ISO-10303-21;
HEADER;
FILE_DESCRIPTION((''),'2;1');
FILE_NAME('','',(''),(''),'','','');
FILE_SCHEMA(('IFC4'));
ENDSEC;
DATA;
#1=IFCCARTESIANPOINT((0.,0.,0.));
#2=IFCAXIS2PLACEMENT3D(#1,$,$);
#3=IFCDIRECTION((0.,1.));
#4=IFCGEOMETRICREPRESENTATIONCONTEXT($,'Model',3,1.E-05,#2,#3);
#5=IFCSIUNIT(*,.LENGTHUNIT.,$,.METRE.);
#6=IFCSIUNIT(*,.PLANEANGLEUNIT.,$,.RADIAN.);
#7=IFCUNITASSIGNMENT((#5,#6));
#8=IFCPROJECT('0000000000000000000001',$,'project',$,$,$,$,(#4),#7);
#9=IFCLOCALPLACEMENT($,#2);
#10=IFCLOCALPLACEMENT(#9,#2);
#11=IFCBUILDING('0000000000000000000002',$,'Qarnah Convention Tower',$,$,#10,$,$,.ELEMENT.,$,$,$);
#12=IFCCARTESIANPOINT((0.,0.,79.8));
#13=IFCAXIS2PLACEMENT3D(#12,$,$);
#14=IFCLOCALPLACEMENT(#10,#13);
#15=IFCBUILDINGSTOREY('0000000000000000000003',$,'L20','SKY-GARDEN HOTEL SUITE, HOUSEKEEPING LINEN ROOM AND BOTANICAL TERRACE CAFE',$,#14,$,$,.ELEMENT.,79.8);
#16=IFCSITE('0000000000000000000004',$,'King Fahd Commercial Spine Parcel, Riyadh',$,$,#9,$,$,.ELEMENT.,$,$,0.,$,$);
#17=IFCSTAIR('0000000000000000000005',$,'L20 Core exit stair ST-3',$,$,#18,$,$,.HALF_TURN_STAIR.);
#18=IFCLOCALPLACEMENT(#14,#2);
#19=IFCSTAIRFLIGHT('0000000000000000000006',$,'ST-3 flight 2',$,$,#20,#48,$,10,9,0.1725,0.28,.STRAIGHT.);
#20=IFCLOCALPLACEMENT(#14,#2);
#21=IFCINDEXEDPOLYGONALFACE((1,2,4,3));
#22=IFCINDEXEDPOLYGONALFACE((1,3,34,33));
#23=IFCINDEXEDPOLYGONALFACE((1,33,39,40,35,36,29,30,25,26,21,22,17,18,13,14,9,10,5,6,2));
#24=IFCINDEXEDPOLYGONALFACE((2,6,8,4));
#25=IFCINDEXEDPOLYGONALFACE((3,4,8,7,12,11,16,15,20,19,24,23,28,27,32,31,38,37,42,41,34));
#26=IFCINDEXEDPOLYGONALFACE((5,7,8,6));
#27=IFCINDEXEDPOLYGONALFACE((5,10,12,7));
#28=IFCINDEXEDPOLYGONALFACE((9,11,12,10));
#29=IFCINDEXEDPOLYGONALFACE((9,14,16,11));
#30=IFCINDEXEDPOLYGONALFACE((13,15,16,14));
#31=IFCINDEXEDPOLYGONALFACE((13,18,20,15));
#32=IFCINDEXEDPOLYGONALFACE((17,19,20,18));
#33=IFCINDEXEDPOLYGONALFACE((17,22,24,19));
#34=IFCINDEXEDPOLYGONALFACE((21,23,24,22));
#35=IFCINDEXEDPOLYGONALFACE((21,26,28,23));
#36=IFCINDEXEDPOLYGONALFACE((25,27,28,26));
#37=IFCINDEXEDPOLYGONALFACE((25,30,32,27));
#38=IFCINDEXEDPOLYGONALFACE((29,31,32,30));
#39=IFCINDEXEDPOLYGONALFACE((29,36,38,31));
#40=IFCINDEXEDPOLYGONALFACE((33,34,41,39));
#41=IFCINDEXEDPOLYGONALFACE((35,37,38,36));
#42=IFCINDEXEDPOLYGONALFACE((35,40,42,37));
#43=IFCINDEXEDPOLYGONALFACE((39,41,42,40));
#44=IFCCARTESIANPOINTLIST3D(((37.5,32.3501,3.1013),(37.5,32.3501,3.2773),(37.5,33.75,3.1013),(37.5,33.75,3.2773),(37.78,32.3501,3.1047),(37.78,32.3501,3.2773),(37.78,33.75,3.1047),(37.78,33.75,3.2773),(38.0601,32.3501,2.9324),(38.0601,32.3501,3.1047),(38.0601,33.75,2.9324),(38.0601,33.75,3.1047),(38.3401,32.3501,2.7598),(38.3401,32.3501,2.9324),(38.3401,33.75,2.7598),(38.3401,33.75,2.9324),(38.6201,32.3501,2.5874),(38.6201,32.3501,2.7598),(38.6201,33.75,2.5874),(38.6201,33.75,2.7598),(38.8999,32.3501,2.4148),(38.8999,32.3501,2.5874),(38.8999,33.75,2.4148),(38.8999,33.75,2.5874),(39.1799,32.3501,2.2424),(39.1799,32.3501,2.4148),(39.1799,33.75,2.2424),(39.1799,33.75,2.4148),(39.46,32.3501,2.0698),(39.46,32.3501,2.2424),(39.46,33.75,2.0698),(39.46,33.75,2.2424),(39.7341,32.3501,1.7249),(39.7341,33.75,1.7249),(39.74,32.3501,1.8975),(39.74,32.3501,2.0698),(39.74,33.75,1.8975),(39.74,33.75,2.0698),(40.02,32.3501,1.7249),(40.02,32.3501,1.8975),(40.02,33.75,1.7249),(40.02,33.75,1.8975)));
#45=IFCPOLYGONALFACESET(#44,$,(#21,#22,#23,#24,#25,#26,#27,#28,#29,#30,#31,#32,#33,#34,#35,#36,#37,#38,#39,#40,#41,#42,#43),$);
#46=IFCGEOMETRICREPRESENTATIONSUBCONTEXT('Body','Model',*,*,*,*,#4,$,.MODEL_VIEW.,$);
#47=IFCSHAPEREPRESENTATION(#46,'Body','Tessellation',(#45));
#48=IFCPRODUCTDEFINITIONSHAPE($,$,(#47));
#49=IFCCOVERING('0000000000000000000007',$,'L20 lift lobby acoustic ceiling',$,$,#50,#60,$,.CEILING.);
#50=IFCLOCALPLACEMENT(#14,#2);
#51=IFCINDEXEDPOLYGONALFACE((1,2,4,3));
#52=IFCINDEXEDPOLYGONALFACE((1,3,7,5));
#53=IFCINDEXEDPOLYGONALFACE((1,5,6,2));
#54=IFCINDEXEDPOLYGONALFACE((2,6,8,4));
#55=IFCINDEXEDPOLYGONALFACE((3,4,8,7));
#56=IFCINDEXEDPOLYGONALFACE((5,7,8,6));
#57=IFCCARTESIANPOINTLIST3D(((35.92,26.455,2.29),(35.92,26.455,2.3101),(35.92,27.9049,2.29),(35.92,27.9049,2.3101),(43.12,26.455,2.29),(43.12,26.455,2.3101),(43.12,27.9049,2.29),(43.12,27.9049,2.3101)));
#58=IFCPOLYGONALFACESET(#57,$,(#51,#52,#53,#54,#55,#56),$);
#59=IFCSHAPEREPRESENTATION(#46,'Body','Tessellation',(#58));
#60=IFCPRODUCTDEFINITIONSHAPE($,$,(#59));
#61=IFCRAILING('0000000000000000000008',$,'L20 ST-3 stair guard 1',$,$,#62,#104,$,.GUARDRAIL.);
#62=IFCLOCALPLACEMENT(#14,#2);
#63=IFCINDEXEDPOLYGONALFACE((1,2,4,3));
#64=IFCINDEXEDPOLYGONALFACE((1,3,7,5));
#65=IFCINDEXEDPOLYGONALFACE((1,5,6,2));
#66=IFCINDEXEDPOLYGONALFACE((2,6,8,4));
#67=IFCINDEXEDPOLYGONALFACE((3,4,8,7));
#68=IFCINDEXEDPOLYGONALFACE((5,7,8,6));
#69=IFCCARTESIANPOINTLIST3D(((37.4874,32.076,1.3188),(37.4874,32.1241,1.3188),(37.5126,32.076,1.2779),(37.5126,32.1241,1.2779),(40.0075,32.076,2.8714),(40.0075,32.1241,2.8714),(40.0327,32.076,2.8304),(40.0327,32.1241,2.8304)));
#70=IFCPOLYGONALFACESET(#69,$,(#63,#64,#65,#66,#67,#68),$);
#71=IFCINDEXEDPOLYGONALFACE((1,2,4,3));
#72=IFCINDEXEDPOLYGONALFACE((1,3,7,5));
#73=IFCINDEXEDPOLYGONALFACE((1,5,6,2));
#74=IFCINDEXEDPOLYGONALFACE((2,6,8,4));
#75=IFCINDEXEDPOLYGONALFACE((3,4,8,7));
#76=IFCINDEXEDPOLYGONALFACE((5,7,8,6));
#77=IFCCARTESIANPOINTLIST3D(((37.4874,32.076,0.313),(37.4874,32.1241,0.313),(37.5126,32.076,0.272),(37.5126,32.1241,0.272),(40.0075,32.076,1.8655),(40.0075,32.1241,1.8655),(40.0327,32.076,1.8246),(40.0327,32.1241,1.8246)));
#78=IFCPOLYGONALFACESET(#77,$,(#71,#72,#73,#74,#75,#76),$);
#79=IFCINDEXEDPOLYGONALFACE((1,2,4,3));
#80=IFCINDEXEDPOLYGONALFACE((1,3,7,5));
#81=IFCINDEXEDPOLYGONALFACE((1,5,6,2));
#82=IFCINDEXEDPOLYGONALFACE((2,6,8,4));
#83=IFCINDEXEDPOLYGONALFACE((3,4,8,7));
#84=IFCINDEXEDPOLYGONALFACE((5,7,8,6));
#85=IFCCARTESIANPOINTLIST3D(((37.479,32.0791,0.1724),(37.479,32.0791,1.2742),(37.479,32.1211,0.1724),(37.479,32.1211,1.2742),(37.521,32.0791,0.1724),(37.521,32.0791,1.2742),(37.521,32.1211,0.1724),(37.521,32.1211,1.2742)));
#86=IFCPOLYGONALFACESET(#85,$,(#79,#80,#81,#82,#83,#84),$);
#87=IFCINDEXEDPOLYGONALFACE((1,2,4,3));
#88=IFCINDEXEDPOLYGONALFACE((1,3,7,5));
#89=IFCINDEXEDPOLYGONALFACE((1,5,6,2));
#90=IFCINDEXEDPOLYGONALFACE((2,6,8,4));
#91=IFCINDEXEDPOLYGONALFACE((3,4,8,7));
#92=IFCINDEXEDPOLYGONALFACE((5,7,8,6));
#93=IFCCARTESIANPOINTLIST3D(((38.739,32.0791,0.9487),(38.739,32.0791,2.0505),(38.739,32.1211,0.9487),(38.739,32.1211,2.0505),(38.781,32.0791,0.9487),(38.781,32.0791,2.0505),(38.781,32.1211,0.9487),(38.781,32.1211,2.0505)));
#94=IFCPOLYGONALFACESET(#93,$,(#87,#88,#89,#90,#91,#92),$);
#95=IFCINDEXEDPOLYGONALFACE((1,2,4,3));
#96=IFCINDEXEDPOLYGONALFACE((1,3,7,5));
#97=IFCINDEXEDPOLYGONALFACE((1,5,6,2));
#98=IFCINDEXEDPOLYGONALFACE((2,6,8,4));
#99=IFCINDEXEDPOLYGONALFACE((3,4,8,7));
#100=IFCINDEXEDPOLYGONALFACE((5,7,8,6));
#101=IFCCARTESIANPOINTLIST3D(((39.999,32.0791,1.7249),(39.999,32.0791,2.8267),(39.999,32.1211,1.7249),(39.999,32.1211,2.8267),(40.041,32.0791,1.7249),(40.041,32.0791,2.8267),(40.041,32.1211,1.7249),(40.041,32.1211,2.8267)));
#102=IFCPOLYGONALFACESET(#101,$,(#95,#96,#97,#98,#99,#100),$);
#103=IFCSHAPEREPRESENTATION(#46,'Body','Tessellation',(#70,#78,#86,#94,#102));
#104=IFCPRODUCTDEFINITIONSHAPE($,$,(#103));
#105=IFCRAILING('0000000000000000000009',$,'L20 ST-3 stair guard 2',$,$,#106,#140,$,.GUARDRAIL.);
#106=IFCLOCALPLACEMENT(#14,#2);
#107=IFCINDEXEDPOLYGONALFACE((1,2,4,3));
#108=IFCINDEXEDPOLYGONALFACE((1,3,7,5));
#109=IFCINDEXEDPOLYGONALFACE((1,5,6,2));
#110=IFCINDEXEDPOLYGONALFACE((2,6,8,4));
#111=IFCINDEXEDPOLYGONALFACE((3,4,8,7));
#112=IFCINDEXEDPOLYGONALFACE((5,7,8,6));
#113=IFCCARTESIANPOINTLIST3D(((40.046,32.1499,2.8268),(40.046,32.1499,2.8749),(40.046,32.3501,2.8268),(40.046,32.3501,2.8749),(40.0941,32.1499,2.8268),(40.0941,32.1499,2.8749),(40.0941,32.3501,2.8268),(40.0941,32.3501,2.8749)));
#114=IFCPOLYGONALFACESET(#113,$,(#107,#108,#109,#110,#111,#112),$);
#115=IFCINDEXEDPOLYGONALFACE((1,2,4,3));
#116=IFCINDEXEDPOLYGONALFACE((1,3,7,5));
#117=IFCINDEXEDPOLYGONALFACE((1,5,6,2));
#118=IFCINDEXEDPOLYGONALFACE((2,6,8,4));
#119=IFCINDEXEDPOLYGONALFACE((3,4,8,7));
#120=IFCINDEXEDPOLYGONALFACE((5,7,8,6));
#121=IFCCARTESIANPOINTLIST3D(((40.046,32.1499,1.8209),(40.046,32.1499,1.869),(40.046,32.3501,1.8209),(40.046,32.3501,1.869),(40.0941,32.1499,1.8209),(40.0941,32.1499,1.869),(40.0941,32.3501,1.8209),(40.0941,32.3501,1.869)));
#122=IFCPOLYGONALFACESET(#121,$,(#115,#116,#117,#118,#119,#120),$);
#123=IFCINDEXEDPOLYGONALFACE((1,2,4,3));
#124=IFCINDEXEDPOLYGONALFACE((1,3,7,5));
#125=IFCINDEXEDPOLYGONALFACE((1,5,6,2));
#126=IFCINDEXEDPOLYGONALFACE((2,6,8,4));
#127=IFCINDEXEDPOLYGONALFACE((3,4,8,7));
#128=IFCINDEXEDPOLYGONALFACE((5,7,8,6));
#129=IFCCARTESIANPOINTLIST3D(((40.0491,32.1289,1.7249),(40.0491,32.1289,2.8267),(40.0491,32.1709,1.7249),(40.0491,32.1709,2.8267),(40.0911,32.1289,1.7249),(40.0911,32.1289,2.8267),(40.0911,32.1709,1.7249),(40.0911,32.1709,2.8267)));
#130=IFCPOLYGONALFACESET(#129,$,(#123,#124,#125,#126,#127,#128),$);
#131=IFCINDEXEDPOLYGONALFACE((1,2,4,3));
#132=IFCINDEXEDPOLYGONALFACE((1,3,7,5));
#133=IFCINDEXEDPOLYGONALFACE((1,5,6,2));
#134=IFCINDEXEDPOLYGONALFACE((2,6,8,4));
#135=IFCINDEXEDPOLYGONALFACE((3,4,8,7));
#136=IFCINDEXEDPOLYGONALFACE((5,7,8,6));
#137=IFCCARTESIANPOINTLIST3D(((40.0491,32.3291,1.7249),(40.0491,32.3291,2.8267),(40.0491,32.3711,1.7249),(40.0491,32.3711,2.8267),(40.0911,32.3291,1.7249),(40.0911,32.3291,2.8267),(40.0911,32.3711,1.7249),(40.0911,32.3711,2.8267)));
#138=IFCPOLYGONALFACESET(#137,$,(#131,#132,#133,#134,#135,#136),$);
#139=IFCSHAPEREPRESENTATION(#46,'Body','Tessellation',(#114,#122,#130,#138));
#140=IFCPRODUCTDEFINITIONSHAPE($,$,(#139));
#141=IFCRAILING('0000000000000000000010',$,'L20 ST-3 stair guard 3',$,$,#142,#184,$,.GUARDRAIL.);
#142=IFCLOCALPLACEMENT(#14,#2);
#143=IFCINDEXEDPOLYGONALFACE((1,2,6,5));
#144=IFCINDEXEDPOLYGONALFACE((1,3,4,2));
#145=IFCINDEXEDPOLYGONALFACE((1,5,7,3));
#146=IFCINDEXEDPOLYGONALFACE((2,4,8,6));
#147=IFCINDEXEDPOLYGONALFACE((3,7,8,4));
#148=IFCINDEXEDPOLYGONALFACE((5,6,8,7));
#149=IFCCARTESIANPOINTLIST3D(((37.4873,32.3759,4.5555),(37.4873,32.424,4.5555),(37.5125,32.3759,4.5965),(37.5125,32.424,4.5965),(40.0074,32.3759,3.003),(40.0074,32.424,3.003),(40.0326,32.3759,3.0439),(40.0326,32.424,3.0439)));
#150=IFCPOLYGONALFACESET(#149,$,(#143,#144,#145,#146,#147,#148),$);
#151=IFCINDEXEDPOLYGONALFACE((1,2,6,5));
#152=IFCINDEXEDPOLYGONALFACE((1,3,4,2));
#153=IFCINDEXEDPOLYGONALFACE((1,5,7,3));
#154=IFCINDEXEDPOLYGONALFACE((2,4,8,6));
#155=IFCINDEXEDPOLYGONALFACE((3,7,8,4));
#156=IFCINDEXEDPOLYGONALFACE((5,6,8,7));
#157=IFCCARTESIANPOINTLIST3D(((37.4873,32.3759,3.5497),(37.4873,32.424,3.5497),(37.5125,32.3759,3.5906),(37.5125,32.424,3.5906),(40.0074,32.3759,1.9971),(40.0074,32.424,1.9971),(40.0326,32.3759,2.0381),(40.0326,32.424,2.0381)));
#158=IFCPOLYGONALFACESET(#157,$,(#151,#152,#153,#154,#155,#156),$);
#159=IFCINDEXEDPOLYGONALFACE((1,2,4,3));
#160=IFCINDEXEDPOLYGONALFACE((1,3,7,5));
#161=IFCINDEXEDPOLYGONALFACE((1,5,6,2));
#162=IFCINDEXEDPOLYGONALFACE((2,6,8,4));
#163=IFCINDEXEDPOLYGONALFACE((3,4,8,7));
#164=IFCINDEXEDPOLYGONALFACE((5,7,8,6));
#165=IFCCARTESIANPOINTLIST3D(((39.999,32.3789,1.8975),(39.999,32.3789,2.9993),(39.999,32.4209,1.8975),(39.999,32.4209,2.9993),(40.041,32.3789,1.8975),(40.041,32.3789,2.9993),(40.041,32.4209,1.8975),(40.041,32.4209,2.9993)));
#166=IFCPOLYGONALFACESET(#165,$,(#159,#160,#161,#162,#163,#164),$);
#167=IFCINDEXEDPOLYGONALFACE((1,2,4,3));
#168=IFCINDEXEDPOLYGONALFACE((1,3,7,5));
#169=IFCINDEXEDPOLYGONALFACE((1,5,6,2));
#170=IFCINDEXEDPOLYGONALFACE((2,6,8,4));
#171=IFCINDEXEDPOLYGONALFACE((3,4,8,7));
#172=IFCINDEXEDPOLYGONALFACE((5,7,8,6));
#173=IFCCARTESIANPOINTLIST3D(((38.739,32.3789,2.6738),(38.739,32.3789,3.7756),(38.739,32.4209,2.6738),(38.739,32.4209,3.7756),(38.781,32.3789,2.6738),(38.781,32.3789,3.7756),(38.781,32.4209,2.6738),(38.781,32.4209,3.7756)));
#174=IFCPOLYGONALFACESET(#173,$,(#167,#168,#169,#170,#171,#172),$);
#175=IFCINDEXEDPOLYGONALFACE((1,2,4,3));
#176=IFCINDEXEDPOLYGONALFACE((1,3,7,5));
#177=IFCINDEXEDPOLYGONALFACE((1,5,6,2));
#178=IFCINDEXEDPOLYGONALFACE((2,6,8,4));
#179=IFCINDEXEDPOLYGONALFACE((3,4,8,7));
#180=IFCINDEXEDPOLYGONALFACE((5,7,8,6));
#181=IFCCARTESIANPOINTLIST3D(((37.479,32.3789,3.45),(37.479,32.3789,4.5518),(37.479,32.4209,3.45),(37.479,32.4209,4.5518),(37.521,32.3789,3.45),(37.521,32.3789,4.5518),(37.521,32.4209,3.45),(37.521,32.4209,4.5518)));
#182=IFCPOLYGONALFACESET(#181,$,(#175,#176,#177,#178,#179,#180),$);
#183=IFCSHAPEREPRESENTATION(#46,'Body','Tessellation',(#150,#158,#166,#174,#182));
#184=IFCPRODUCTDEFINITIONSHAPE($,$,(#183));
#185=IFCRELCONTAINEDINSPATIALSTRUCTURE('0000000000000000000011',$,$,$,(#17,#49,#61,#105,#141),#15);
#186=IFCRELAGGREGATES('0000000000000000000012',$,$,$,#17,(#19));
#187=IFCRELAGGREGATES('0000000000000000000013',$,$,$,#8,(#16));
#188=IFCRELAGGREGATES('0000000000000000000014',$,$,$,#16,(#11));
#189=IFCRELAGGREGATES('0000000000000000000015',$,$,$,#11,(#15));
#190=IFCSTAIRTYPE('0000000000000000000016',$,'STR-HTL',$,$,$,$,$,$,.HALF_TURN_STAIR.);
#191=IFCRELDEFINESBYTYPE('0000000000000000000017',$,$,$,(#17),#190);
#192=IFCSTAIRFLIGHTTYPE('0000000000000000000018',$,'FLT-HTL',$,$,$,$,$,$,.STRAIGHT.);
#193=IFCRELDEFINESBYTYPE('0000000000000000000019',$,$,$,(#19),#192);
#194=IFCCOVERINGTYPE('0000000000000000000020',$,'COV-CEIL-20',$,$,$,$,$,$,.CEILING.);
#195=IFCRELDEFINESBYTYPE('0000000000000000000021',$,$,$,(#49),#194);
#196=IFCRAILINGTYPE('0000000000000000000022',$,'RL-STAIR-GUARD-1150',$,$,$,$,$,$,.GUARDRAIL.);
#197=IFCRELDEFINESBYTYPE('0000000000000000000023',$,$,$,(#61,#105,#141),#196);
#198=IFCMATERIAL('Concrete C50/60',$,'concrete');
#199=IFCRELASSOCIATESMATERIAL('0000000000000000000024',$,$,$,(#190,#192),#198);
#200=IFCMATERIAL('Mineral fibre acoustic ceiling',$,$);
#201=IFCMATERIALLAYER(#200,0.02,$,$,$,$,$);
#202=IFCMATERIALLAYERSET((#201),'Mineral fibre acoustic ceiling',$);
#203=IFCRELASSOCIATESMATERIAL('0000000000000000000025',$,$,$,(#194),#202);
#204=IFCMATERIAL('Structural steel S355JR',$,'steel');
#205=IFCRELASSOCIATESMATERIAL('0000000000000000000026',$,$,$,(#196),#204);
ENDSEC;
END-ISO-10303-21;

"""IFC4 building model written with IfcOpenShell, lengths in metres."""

from ifc_helpers import new_model, si_unit, direction, frame, origin, origin_2d, place, context, subcontext, project, spatial, polyline, rectangle, outline, extrude, material, layer, layer_set, type_object, element, aggregate, save


model = new_model("IFC4")

# Units and contexts
model_context = context("Model", 3, precision=1e-05, world=origin(), true_north=direction((0.0, 1.0)))
body_context = subcontext(model_context, "Body", "Model", "MODEL_VIEW")
ifc_project = project(units=[si_unit("LENGTHUNIT", "METRE"), si_unit("PLANEANGLEUNIT", "RADIAN")], contexts=[model_context])

# Site, building, storey
site_placement = place(None, origin())
site = spatial("IfcSite", under=ifc_project, at=site_placement, Name="King Fahd Commercial Spine Parcel, Riyadh", CompositionType="ELEMENT", RefElevation=0.0)
building_placement = place(site_placement, origin())
building = spatial("IfcBuilding", under=site, at=building_placement, Name="Qarnah Convention Tower", CompositionType="ELEMENT")
storey_placement = place(building_placement, frame((0.0, 0.0, 79.8)))
storey = spatial("IfcBuildingStorey", under=building, at=storey_placement, Name="L20", Description="SKY-GARDEN HOTEL SUITE, HOUSEKEEPING LINEN ROOM AND BOTANICAL TERRACE CAFE", CompositionType="ELEMENT", Elevation=79.8)

# Shared definitions
ifc_material_1 = material(Name="Structural steel S355JR", Category="steel")

# Stair, stair flight
ifc_material_2 = material(Name="Concrete C50/60", Category="concrete")
stair_type = type_object("IfcStairType", Name="STR-HTL", PredefinedType="HALF_TURN_STAIR", material=ifc_material_2)
stair_placement = place(storey_placement, origin())
stair = element("IfcStair", 1, at=stair_placement, inside=storey, type_object=stair_type, Name="L20 Core exit stair ST-3", PredefinedType="HALF_TURN_STAIR")
stair_flight_type = type_object("IfcStairFlightType", Name="FLT-HTL", PredefinedType="STRAIGHT", material=ifc_material_2)
stair_flight_1_placement = place(storey_placement, frame((40.02, 33.05, 1.7249), z_axis=(0.0, 0.0, 1.0), x_axis=(-1.0, 0.0, 0.0)))
stair_flight_1 = element("IfcStairFlight", 2, at=stair_flight_1_placement, type_object=stair_flight_type, Name="ST-3 flight 2", NumberOfRisers=10, NumberOfTreads=9, PredefinedType="STRAIGHT", RiserHeight=0.1725, TreadLength=0.28, context=body_context, shape_type="SweptSolid", body=[
    extrude(outline(polyline([(0.0, 0.0), (0.0, 0.1726), (0.28, 0.1726), (0.28, 0.345), (0.5601, 0.345), (0.5601, 0.5176), (0.8401, 0.5176), (0.8401, 0.6899), (1.1201, 0.6899), (1.1201, 0.8625), (1.3999, 0.8625), (1.3999, 1.0349), (1.6799, 1.0349), (1.6799, 1.2075), (1.96, 1.2075), (1.96, 1.3799), (2.24, 1.3799), (2.24, 1.5525), (2.52, 1.5525), (2.52, 1.7251), (2.52, 1.3765), (0.2859, 0.0), (0.0, 0.0)])), frame((0.0, 0.7, 0.0), z_axis=(0.0, -1.0, 0.0), x_axis=(1.0, 0.0, 0.0)), (0.0, 0.0, 1.0), 1.3999),
])
aggregate(stair, [stair_flight_1])

# Covering
ifc_material_3 = material(Name="Mineral fibre acoustic ceiling")
ifc_layer_1 = layer(ifc_material_3, 0.02)
ifc_layer_set_1 = layer_set([ifc_layer_1], Name="Mineral fibre acoustic ceiling")
covering_type = type_object("IfcCoveringType", Name="COV-CEIL-20", PredefinedType="CEILING", material=ifc_layer_set_1)
covering_placement = place(storey_placement, frame((39.52, 27.1799, 2.29), z_axis=(0.0, 0.0, 1.0), x_axis=(1.0, 0.0, 0.0)))
element("IfcCovering", 3, at=covering_placement, inside=storey, type_object=covering_type, Name="L20 lift lobby acoustic ceiling", PredefinedType="CEILING", context=body_context, shape_type="SweptSolid", body=[
    extrude(rectangle(XDim=7.2, YDim=1.45, at=origin_2d()), origin(), (0.0, 0.0, 1.0), 0.02),
])

# Railings
railing_type_1 = type_object("IfcRailingType", Name="RL-STAIR-GUARD-1150", PredefinedType="GUARDRAIL", material=ifc_material_1)
railing_1_placement = place(storey_placement, frame((37.5, 32.1001, 0.1724)))
element("IfcRailing", 4, at=railing_1_placement, inside=storey, type_object=railing_type_1, Name="L20 ST-3 stair guard 1", PredefinedType="GUARDRAIL", context=body_context, shape_type="SweptSolid", body=[
    extrude(rectangle(XDim=0.0481, YDim=0.0481, at=origin_2d()), frame((0.0, 0.0, 1.126), z_axis=(0.8514, 0.0, 0.524516), x_axis=(0.0, 1.0, 0.0)), (0.0, 0.0, 1.0), 2.96),
    extrude(rectangle(XDim=0.0481, YDim=0.0481, at=origin_2d()), frame((0.0, 0.0, 0.1201), z_axis=(0.8514, 0.0, 0.524516), x_axis=(0.0, 1.0, 0.0)), (0.0, 0.0, 1.0), 2.96),
    extrude(rectangle(XDim=0.042, YDim=0.042, at=origin_2d()), origin(), (0.0, 0.0, 1.0), 1.1018),
    extrude(rectangle(XDim=0.042, YDim=0.042, at=origin_2d()), frame((1.26, 0.0, 0.7764)), (0.0, 0.0, 1.0), 1.1018),
    extrude(rectangle(XDim=0.042, YDim=0.042, at=origin_2d()), frame((2.52, 0.0, 1.5525)), (0.0, 0.0, 1.0), 1.1018),
])
railing_2_placement = place(storey_placement, frame((40.0701, 32.1499, 1.7249)))
element("IfcRailing", 5, at=railing_2_placement, inside=storey, type_object=railing_type_1, Name="L20 ST-3 stair guard 2", PredefinedType="GUARDRAIL", context=body_context, shape_type="SweptSolid", body=[
    extrude(rectangle(XDim=0.0481, YDim=0.0481, at=origin_2d()), frame((0.0, 0.0, 1.126), z_axis=(0.0, 1.0, 0.0), x_axis=(-1.0, 0.0, 0.0)), (0.0, 0.0, 1.0), 0.2002),
    extrude(rectangle(XDim=0.0481, YDim=0.0481, at=origin_2d()), frame((0.0, 0.0, 0.1201), z_axis=(0.0, 1.0, 0.0), x_axis=(-1.0, 0.0, 0.0)), (0.0, 0.0, 1.0), 0.2002),
    extrude(rectangle(XDim=0.042, YDim=0.042, at=origin_2d()), origin(), (0.0, 0.0, 1.0), 1.1018),
    extrude(rectangle(XDim=0.042, YDim=0.042, at=origin_2d()), frame((0.0, 0.2002, 0.0)), (0.0, 0.0, 1.0), 1.1018),
])
railing_3_placement = place(storey_placement, frame((40.02, 32.3999, 1.8975)))
element("IfcRailing", 6, at=railing_3_placement, inside=storey, type_object=railing_type_1, Name="L20 ST-3 stair guard 3", PredefinedType="GUARDRAIL", context=body_context, shape_type="SweptSolid", body=[
    extrude(rectangle(XDim=0.0481, YDim=0.0481, at=origin_2d()), frame((0.0, 0.0, 1.126), z_axis=(-0.8514, 0.0, 0.524516), x_axis=(0.0, -1.0, 0.0)), (0.0, 0.0, 1.0), 2.96),
    extrude(rectangle(XDim=0.0481, YDim=0.0481, at=origin_2d()), frame((0.0, 0.0, 0.1201), z_axis=(-0.8514, 0.0, 0.524516), x_axis=(0.0, -1.0, 0.0)), (0.0, 0.0, 1.0), 2.96),
    extrude(rectangle(XDim=0.042, YDim=0.042, at=origin_2d()), origin(), (0.0, 0.0, 1.0), 1.1018),
    extrude(rectangle(XDim=0.042, YDim=0.042, at=origin_2d()), frame((-1.26, 0.0, 0.7764)), (0.0, 0.0, 1.0), 1.1018),
    extrude(rectangle(XDim=0.042, YDim=0.042, at=origin_2d()), frame((-2.52, 0.0, 1.5525)), (0.0, 0.0, 1.0), 1.1018),
])

save(model, "model.ifc")
